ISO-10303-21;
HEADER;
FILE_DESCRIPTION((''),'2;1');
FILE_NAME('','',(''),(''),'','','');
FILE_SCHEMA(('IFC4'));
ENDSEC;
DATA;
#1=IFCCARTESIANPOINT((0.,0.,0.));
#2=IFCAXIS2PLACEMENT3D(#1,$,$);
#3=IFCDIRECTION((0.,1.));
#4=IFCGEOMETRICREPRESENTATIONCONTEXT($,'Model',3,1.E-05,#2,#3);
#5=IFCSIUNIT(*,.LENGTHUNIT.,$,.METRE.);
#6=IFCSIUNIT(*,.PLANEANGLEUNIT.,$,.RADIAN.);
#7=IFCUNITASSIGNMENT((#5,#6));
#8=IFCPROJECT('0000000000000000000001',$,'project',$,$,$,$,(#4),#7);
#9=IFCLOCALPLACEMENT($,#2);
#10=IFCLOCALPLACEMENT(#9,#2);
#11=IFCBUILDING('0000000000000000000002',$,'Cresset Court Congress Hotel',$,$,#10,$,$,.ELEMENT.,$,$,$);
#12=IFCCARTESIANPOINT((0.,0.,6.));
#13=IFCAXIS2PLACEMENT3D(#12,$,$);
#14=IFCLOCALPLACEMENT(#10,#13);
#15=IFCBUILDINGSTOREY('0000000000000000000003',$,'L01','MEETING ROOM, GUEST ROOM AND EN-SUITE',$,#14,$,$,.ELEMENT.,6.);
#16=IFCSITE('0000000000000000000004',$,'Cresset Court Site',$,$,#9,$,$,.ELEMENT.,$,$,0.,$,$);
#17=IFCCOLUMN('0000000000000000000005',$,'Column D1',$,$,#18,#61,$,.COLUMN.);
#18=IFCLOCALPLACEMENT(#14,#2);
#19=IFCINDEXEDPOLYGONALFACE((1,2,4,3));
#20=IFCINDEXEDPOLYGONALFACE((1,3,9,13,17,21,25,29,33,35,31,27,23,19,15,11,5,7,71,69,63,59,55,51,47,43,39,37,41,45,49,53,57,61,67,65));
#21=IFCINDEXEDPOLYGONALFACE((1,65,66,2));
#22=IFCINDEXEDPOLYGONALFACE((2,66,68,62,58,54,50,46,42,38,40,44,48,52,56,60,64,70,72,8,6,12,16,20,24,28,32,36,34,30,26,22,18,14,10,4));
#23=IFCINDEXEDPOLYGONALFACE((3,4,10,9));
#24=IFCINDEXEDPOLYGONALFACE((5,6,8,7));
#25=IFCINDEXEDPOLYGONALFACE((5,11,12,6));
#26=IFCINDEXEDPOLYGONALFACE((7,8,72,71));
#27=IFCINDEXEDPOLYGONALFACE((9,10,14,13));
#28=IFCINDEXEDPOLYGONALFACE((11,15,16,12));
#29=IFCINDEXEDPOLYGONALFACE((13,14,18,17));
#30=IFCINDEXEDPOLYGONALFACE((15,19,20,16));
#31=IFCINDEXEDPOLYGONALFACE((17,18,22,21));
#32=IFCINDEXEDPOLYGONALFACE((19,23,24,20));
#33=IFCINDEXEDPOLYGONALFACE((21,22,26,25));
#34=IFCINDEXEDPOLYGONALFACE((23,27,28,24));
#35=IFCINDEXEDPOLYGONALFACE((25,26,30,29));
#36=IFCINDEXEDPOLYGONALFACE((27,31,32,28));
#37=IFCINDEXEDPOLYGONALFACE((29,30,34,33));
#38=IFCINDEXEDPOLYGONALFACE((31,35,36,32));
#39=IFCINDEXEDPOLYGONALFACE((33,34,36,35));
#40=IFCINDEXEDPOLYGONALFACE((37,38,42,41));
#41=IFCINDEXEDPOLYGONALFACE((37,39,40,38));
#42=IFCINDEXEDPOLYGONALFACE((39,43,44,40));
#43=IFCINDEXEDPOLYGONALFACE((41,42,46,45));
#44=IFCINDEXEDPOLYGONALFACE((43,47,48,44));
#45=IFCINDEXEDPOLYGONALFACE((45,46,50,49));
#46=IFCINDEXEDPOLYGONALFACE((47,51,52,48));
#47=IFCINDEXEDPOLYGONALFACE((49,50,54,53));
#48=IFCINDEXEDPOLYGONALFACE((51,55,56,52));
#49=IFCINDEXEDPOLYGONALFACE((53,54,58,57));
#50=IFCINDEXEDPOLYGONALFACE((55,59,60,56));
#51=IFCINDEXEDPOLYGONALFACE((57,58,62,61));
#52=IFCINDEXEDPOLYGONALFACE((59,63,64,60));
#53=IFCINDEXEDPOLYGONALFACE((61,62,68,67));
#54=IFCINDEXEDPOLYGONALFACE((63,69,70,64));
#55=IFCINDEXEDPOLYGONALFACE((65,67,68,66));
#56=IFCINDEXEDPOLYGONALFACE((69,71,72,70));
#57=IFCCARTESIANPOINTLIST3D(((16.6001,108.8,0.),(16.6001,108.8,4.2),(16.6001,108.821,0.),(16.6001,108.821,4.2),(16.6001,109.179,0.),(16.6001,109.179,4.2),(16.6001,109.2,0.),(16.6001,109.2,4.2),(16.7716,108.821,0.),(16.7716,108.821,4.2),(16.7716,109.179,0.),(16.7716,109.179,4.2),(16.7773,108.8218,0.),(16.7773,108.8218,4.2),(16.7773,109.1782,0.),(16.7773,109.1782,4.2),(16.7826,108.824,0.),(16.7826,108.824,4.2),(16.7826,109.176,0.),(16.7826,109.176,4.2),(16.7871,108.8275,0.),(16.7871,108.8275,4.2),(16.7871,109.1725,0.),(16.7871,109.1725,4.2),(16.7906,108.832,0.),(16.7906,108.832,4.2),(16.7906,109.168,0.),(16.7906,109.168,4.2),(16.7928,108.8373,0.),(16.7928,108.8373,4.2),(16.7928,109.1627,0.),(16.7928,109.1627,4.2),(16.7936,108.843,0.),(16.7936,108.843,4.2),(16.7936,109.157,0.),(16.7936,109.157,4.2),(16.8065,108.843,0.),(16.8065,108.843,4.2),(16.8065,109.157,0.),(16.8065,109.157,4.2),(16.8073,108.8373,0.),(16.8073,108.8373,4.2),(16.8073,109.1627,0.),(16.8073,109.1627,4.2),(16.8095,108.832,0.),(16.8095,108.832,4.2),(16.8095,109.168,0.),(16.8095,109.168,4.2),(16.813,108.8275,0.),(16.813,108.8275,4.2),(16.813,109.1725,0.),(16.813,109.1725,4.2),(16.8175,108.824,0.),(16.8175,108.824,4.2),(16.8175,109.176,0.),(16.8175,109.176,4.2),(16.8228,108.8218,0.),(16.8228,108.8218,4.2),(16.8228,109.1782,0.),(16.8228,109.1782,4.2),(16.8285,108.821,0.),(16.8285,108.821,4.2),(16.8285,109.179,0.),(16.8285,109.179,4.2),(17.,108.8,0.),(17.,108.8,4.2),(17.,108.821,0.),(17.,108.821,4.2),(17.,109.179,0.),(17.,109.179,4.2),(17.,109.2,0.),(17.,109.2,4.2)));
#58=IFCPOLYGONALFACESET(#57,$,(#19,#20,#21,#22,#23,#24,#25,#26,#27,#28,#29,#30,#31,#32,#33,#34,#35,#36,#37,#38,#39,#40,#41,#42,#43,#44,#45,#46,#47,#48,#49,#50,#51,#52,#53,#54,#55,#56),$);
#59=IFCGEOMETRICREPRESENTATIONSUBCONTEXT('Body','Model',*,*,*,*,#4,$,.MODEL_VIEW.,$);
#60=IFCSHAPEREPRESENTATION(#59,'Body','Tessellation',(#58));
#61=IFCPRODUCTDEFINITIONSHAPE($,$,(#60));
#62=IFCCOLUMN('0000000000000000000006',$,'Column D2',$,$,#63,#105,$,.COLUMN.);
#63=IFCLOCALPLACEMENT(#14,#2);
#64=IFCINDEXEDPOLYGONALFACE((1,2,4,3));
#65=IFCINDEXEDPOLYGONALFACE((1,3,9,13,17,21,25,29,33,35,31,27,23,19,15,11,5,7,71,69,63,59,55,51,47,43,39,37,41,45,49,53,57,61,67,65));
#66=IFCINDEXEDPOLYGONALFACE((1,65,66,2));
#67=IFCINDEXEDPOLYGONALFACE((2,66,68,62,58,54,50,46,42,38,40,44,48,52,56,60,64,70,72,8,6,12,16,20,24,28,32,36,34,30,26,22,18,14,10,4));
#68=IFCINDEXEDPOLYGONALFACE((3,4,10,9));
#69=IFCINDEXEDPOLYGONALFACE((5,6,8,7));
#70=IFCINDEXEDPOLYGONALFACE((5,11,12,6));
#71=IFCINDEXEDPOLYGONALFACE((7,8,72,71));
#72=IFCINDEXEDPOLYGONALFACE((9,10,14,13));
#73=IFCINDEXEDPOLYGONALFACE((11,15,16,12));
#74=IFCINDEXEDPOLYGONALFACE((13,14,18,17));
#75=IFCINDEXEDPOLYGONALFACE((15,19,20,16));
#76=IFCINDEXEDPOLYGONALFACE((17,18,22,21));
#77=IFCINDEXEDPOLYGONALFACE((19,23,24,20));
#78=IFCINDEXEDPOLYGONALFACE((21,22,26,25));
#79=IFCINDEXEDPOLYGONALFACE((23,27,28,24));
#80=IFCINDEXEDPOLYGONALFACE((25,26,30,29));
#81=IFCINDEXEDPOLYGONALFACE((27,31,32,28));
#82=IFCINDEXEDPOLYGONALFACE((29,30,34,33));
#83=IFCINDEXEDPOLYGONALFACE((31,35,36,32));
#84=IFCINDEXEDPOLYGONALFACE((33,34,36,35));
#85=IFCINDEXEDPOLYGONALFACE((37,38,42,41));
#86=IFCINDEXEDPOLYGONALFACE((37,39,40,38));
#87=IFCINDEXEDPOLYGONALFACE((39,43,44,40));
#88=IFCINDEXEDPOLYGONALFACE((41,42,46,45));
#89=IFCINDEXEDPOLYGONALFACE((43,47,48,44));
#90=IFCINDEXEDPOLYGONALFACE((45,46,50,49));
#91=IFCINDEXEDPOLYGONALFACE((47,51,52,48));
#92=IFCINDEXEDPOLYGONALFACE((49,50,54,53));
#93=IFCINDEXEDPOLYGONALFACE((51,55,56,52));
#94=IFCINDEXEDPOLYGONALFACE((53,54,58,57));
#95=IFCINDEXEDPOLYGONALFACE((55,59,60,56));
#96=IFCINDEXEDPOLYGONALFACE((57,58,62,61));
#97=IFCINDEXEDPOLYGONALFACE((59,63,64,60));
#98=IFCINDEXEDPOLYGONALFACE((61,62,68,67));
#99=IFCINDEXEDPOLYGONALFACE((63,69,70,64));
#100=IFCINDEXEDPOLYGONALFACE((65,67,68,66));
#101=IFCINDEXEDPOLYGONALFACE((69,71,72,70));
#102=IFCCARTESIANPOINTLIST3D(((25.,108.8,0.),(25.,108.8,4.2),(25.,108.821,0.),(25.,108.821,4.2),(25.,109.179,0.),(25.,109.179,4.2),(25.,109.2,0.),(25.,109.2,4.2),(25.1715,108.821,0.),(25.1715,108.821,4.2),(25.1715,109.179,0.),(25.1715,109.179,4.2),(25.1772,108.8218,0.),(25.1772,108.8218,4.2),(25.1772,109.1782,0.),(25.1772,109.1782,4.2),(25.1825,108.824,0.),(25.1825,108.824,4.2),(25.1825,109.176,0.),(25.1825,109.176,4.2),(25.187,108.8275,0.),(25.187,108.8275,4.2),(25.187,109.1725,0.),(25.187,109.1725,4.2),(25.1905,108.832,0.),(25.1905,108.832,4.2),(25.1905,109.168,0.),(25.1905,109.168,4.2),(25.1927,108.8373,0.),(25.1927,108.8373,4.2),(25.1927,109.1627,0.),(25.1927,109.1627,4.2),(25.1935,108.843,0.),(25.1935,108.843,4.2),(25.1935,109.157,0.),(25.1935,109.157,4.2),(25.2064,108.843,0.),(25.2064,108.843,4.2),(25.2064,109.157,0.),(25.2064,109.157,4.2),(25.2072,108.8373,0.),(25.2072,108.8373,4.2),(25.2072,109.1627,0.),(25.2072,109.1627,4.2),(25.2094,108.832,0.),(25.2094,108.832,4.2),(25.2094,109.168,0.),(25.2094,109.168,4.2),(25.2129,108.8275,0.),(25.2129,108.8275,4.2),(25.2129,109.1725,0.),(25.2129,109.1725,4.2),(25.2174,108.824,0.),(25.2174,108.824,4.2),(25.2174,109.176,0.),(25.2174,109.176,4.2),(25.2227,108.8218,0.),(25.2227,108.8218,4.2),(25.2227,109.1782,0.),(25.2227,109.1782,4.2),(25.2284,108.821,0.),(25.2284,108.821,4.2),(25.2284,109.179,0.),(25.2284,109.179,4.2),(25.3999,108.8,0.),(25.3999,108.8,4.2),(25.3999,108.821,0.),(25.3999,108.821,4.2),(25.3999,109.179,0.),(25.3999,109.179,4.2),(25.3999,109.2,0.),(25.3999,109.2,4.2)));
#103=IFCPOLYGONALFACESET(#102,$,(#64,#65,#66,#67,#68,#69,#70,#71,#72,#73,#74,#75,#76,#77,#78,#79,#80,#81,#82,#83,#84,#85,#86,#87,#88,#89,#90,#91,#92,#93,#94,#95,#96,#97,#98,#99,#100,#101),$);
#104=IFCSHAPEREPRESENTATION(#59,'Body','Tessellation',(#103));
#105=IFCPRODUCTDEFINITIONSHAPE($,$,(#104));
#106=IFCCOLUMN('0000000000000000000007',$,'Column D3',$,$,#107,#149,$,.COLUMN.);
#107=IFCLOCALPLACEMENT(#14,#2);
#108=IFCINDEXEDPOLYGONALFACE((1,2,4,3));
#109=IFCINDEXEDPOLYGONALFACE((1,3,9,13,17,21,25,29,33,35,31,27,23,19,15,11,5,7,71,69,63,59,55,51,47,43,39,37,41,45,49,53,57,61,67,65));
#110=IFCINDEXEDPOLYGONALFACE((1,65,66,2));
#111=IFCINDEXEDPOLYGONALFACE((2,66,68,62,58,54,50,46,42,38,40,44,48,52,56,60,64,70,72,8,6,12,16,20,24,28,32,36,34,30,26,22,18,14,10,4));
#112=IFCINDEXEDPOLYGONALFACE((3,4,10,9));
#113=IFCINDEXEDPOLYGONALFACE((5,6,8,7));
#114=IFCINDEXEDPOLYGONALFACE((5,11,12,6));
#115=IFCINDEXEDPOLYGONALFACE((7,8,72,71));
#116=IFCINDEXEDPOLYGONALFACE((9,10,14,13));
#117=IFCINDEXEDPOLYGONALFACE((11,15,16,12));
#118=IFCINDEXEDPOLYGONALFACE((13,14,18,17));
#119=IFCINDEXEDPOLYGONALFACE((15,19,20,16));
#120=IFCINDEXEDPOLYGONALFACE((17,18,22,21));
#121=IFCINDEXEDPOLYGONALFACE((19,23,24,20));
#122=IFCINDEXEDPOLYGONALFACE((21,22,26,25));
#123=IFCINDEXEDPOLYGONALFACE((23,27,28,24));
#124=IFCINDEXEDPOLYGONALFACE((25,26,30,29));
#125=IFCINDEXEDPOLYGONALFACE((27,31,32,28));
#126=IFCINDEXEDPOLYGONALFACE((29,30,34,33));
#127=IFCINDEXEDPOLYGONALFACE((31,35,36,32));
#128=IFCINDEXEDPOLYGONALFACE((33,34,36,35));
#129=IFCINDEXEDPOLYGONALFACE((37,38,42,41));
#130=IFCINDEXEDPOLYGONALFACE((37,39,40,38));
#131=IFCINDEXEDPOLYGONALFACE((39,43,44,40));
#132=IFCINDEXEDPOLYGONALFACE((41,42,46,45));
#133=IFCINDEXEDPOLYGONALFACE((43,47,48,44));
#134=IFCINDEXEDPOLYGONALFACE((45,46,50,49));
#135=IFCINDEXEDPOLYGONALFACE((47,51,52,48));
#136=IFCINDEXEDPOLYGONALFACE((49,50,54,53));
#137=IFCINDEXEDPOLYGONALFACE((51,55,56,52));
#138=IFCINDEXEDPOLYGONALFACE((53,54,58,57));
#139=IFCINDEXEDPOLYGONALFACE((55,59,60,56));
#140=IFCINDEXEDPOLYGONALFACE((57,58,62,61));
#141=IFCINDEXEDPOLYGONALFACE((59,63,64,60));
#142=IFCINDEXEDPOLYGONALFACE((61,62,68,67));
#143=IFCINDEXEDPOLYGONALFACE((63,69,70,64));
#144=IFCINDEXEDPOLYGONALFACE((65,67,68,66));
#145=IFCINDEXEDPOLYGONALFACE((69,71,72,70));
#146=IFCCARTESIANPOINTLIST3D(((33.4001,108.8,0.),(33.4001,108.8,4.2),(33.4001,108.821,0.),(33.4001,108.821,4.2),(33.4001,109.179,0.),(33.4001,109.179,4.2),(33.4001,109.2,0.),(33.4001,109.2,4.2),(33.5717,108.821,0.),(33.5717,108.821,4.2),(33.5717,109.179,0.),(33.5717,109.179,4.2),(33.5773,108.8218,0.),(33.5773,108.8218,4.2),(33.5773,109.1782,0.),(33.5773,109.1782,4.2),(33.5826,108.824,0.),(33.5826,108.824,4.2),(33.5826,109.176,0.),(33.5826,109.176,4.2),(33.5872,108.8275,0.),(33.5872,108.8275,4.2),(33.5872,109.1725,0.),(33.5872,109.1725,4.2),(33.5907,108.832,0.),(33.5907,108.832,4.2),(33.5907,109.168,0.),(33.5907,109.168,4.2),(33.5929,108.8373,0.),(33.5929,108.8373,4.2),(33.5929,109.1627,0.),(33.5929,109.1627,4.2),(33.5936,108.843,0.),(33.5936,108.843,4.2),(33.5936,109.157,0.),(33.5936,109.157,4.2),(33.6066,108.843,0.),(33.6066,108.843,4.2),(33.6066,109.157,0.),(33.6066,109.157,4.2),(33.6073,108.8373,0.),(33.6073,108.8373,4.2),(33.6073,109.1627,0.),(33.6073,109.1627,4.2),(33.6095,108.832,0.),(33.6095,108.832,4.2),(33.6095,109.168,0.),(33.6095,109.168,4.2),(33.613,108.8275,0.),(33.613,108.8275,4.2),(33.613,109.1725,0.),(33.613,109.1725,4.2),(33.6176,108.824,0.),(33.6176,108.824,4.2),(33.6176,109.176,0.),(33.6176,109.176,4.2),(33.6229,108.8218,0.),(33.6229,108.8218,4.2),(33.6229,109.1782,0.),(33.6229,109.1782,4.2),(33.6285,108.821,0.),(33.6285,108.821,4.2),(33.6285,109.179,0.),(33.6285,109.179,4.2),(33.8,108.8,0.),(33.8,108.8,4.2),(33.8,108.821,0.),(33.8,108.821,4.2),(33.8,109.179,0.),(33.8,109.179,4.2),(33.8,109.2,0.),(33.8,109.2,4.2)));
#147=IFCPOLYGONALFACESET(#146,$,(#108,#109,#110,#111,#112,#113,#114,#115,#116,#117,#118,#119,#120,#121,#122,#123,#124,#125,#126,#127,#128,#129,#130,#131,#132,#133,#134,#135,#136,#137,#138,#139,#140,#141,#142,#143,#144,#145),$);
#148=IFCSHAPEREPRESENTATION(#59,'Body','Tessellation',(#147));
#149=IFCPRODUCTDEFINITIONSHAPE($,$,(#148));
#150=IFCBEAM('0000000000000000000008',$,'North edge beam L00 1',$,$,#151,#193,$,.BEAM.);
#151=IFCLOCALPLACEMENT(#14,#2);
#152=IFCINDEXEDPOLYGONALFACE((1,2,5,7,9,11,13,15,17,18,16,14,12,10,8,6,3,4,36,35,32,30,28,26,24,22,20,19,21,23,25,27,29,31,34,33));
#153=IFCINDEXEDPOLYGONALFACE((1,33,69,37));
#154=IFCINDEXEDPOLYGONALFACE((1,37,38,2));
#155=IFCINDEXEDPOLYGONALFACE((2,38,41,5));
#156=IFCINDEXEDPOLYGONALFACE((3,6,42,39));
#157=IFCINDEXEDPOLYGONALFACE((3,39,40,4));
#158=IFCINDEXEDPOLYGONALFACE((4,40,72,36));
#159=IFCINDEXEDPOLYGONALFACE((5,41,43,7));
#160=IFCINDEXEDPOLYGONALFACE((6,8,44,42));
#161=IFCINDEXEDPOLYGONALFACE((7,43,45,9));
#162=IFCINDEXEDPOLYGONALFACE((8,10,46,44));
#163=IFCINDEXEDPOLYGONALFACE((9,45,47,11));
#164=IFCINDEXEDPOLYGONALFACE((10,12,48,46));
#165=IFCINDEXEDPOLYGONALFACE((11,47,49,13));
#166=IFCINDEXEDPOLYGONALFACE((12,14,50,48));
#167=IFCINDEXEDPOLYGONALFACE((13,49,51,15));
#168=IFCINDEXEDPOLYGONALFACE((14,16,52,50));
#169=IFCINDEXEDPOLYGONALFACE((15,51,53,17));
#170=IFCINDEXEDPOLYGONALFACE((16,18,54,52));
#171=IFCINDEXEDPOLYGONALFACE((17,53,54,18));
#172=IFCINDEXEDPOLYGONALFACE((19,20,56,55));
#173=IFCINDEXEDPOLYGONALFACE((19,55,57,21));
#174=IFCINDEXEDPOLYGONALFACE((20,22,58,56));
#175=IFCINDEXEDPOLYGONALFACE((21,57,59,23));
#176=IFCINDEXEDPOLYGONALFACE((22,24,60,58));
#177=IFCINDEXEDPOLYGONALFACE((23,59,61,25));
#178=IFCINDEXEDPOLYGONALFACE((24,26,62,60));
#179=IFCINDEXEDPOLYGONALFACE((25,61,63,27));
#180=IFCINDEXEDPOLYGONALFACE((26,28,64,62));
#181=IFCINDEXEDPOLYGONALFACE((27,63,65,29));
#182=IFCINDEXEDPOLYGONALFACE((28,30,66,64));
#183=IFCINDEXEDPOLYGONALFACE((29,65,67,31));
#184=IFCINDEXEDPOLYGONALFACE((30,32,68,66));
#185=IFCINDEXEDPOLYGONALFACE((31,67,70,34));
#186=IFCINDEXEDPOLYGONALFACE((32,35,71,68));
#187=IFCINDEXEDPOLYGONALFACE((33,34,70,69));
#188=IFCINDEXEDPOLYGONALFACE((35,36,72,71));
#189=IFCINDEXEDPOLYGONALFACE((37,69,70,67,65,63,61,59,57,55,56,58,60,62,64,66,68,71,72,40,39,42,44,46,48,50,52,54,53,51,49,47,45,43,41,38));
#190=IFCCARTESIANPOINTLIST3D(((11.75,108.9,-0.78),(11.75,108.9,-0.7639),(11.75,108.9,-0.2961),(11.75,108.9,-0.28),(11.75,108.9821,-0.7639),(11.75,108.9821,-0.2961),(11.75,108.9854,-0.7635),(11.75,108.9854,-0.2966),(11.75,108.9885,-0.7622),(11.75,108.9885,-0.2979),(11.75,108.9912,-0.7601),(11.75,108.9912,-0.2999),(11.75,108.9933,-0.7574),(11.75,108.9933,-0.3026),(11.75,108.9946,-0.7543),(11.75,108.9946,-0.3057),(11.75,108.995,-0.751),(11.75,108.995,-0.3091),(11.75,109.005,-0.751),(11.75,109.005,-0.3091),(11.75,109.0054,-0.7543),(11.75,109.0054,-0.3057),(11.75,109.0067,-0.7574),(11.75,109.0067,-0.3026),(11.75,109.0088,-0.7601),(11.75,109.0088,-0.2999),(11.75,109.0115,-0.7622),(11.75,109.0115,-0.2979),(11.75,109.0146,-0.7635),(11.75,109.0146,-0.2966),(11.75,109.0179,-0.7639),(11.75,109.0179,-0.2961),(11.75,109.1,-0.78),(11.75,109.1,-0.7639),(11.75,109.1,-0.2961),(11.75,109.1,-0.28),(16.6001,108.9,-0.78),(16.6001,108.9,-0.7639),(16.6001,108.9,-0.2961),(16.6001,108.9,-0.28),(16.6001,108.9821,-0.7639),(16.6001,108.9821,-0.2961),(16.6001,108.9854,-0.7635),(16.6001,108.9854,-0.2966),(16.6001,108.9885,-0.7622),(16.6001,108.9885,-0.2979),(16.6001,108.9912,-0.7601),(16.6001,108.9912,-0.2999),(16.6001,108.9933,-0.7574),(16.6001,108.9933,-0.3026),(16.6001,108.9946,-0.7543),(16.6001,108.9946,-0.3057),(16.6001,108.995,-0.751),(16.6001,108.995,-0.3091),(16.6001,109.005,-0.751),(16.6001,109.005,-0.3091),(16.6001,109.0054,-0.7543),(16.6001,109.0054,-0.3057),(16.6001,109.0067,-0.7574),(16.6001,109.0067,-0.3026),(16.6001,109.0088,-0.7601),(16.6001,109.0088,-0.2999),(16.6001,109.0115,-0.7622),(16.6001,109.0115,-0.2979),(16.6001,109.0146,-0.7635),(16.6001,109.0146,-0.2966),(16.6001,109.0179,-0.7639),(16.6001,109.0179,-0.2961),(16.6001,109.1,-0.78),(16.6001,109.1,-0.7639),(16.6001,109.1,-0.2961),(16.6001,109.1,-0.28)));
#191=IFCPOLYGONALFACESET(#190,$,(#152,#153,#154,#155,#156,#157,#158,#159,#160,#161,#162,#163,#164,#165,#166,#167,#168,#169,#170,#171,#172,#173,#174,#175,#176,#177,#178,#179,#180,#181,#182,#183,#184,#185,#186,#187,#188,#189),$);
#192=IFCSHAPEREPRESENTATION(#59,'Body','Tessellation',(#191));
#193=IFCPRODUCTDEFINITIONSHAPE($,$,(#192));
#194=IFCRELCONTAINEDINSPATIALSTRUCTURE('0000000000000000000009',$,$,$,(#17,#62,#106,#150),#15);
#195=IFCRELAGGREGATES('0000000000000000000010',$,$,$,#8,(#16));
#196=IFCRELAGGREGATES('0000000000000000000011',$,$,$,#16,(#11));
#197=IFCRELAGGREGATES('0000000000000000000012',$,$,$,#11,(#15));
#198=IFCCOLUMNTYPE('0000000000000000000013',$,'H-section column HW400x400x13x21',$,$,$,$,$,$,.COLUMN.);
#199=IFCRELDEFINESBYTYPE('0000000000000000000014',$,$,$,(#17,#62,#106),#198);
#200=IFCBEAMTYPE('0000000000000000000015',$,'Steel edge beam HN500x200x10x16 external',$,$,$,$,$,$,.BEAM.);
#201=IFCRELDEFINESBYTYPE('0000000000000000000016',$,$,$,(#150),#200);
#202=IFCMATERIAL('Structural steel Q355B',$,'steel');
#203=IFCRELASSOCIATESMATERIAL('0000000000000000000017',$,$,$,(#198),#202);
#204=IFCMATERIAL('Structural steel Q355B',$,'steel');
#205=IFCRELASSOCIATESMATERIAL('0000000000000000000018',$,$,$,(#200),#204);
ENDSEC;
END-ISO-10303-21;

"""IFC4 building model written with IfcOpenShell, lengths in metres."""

from ifc_helpers import new_model, si_unit, direction, frame, origin, origin_2d, place, context, subcontext, project, spatial, i_section, extrude, material, material_profile, profile_set, type_object, element, save


model = new_model("IFC4")

# Units and contexts
model_context = context("Model", 3, precision=1e-05, world=origin(), true_north=direction((0.0, 1.0)))
body_context = subcontext(model_context, "Body", "Model", "MODEL_VIEW")
ifc_project = project(units=[si_unit("LENGTHUNIT", "METRE"), si_unit("PLANEANGLEUNIT", "RADIAN")], contexts=[model_context])

# Site, building, storey
site_placement = place(None, origin())
site = spatial("IfcSite", under=ifc_project, at=site_placement, Name="Cresset Court Site", CompositionType="ELEMENT", RefElevation=0.0)
building_placement = place(site_placement, origin())
building = spatial("IfcBuilding", under=site, at=building_placement, Name="Cresset Court Congress Hotel", CompositionType="ELEMENT")
storey_placement = place(building_placement, frame((0.0, 0.0, 6.0)))
storey = spatial("IfcBuildingStorey", under=building, at=storey_placement, Name="L01", Description="MEETING ROOM, GUEST ROOM AND EN-SUITE", CompositionType="ELEMENT", Elevation=6.0)

# Columns
ifc_material_1 = material(Name="Structural steel Q355B", Category="steel")
ifc_material_profile_1 = material_profile(ifc_material_1, i_section(OverallWidth=0.3999, OverallDepth=0.3999, WebThickness=0.0129, FlangeThickness=0.021, FilletRadius=0.022, at=origin_2d()), Name="HW400x400x13x21")
ifc_profile_set_1 = profile_set([ifc_material_profile_1], Name="Structural steel Q355B")
column_type = type_object("IfcColumnType", Name="H-section column HW400x400x13x21", PredefinedType="COLUMN", material=ifc_profile_set_1)
for number, where, z_axis, x_axis, name in (
    (1, (16.8, 109.0, 0.0), (0.0, 0.0, 1.0), (1.0, 0.0, 0.0), "Column D1"),
    (2, (25.2, 109.0, 0.0), (0.0, 0.0, 1.0), (1.0, 0.0, 0.0), "Column D2"),
    (3, (33.6001, 109.0, 0.0), (0.0, 0.0, 1.0), (1.0, 0.0, 0.0), "Column D3"),
):
    element("IfcColumn", number, at=place(storey_placement, frame(where, z_axis=z_axis, x_axis=x_axis)), inside=storey, type_object=column_type, Name=name, PredefinedType="COLUMN", context=body_context, shape_type="SweptSolid", body=[
        extrude(i_section(OverallWidth=0.3999, OverallDepth=0.3999, WebThickness=0.0129, FlangeThickness=0.021, FilletRadius=0.022, at=origin_2d()), origin(), (0.0, 0.0, 1.0), 4.2),
    ])

# Beam
ifc_material_2 = material(Name="Structural steel Q355B", Category="steel")
ifc_material_profile_2 = material_profile(ifc_material_2, i_section(OverallWidth=0.2, OverallDepth=0.5, WebThickness=0.01, FlangeThickness=0.0161, FilletRadius=0.0129, at=origin_2d()), Name="HN500x200x10x16")
ifc_profile_set_2 = profile_set([ifc_material_profile_2], Name="Structural steel Q355B")
beam_type = type_object("IfcBeamType", Name="Steel edge beam HN500x200x10x16 external", PredefinedType="BEAM", material=ifc_profile_set_2)
beam_placement = place(storey_placement, frame((11.75, 109.0, -0.53), z_axis=(1.0, 0.0, 0.0), x_axis=(0.0, 1.0, 0.0)))
element("IfcBeam", 4, at=beam_placement, inside=storey, type_object=beam_type, Name="North edge beam L00 1", PredefinedType="BEAM", context=body_context, shape_type="SweptSolid", body=[
    extrude(i_section(OverallWidth=0.2, OverallDepth=0.5, WebThickness=0.01, FlangeThickness=0.0161, FilletRadius=0.0129, at=origin_2d()), origin(), (0.0, 0.0, 1.0), 4.8501),
])

save(model, "model.ifc")
